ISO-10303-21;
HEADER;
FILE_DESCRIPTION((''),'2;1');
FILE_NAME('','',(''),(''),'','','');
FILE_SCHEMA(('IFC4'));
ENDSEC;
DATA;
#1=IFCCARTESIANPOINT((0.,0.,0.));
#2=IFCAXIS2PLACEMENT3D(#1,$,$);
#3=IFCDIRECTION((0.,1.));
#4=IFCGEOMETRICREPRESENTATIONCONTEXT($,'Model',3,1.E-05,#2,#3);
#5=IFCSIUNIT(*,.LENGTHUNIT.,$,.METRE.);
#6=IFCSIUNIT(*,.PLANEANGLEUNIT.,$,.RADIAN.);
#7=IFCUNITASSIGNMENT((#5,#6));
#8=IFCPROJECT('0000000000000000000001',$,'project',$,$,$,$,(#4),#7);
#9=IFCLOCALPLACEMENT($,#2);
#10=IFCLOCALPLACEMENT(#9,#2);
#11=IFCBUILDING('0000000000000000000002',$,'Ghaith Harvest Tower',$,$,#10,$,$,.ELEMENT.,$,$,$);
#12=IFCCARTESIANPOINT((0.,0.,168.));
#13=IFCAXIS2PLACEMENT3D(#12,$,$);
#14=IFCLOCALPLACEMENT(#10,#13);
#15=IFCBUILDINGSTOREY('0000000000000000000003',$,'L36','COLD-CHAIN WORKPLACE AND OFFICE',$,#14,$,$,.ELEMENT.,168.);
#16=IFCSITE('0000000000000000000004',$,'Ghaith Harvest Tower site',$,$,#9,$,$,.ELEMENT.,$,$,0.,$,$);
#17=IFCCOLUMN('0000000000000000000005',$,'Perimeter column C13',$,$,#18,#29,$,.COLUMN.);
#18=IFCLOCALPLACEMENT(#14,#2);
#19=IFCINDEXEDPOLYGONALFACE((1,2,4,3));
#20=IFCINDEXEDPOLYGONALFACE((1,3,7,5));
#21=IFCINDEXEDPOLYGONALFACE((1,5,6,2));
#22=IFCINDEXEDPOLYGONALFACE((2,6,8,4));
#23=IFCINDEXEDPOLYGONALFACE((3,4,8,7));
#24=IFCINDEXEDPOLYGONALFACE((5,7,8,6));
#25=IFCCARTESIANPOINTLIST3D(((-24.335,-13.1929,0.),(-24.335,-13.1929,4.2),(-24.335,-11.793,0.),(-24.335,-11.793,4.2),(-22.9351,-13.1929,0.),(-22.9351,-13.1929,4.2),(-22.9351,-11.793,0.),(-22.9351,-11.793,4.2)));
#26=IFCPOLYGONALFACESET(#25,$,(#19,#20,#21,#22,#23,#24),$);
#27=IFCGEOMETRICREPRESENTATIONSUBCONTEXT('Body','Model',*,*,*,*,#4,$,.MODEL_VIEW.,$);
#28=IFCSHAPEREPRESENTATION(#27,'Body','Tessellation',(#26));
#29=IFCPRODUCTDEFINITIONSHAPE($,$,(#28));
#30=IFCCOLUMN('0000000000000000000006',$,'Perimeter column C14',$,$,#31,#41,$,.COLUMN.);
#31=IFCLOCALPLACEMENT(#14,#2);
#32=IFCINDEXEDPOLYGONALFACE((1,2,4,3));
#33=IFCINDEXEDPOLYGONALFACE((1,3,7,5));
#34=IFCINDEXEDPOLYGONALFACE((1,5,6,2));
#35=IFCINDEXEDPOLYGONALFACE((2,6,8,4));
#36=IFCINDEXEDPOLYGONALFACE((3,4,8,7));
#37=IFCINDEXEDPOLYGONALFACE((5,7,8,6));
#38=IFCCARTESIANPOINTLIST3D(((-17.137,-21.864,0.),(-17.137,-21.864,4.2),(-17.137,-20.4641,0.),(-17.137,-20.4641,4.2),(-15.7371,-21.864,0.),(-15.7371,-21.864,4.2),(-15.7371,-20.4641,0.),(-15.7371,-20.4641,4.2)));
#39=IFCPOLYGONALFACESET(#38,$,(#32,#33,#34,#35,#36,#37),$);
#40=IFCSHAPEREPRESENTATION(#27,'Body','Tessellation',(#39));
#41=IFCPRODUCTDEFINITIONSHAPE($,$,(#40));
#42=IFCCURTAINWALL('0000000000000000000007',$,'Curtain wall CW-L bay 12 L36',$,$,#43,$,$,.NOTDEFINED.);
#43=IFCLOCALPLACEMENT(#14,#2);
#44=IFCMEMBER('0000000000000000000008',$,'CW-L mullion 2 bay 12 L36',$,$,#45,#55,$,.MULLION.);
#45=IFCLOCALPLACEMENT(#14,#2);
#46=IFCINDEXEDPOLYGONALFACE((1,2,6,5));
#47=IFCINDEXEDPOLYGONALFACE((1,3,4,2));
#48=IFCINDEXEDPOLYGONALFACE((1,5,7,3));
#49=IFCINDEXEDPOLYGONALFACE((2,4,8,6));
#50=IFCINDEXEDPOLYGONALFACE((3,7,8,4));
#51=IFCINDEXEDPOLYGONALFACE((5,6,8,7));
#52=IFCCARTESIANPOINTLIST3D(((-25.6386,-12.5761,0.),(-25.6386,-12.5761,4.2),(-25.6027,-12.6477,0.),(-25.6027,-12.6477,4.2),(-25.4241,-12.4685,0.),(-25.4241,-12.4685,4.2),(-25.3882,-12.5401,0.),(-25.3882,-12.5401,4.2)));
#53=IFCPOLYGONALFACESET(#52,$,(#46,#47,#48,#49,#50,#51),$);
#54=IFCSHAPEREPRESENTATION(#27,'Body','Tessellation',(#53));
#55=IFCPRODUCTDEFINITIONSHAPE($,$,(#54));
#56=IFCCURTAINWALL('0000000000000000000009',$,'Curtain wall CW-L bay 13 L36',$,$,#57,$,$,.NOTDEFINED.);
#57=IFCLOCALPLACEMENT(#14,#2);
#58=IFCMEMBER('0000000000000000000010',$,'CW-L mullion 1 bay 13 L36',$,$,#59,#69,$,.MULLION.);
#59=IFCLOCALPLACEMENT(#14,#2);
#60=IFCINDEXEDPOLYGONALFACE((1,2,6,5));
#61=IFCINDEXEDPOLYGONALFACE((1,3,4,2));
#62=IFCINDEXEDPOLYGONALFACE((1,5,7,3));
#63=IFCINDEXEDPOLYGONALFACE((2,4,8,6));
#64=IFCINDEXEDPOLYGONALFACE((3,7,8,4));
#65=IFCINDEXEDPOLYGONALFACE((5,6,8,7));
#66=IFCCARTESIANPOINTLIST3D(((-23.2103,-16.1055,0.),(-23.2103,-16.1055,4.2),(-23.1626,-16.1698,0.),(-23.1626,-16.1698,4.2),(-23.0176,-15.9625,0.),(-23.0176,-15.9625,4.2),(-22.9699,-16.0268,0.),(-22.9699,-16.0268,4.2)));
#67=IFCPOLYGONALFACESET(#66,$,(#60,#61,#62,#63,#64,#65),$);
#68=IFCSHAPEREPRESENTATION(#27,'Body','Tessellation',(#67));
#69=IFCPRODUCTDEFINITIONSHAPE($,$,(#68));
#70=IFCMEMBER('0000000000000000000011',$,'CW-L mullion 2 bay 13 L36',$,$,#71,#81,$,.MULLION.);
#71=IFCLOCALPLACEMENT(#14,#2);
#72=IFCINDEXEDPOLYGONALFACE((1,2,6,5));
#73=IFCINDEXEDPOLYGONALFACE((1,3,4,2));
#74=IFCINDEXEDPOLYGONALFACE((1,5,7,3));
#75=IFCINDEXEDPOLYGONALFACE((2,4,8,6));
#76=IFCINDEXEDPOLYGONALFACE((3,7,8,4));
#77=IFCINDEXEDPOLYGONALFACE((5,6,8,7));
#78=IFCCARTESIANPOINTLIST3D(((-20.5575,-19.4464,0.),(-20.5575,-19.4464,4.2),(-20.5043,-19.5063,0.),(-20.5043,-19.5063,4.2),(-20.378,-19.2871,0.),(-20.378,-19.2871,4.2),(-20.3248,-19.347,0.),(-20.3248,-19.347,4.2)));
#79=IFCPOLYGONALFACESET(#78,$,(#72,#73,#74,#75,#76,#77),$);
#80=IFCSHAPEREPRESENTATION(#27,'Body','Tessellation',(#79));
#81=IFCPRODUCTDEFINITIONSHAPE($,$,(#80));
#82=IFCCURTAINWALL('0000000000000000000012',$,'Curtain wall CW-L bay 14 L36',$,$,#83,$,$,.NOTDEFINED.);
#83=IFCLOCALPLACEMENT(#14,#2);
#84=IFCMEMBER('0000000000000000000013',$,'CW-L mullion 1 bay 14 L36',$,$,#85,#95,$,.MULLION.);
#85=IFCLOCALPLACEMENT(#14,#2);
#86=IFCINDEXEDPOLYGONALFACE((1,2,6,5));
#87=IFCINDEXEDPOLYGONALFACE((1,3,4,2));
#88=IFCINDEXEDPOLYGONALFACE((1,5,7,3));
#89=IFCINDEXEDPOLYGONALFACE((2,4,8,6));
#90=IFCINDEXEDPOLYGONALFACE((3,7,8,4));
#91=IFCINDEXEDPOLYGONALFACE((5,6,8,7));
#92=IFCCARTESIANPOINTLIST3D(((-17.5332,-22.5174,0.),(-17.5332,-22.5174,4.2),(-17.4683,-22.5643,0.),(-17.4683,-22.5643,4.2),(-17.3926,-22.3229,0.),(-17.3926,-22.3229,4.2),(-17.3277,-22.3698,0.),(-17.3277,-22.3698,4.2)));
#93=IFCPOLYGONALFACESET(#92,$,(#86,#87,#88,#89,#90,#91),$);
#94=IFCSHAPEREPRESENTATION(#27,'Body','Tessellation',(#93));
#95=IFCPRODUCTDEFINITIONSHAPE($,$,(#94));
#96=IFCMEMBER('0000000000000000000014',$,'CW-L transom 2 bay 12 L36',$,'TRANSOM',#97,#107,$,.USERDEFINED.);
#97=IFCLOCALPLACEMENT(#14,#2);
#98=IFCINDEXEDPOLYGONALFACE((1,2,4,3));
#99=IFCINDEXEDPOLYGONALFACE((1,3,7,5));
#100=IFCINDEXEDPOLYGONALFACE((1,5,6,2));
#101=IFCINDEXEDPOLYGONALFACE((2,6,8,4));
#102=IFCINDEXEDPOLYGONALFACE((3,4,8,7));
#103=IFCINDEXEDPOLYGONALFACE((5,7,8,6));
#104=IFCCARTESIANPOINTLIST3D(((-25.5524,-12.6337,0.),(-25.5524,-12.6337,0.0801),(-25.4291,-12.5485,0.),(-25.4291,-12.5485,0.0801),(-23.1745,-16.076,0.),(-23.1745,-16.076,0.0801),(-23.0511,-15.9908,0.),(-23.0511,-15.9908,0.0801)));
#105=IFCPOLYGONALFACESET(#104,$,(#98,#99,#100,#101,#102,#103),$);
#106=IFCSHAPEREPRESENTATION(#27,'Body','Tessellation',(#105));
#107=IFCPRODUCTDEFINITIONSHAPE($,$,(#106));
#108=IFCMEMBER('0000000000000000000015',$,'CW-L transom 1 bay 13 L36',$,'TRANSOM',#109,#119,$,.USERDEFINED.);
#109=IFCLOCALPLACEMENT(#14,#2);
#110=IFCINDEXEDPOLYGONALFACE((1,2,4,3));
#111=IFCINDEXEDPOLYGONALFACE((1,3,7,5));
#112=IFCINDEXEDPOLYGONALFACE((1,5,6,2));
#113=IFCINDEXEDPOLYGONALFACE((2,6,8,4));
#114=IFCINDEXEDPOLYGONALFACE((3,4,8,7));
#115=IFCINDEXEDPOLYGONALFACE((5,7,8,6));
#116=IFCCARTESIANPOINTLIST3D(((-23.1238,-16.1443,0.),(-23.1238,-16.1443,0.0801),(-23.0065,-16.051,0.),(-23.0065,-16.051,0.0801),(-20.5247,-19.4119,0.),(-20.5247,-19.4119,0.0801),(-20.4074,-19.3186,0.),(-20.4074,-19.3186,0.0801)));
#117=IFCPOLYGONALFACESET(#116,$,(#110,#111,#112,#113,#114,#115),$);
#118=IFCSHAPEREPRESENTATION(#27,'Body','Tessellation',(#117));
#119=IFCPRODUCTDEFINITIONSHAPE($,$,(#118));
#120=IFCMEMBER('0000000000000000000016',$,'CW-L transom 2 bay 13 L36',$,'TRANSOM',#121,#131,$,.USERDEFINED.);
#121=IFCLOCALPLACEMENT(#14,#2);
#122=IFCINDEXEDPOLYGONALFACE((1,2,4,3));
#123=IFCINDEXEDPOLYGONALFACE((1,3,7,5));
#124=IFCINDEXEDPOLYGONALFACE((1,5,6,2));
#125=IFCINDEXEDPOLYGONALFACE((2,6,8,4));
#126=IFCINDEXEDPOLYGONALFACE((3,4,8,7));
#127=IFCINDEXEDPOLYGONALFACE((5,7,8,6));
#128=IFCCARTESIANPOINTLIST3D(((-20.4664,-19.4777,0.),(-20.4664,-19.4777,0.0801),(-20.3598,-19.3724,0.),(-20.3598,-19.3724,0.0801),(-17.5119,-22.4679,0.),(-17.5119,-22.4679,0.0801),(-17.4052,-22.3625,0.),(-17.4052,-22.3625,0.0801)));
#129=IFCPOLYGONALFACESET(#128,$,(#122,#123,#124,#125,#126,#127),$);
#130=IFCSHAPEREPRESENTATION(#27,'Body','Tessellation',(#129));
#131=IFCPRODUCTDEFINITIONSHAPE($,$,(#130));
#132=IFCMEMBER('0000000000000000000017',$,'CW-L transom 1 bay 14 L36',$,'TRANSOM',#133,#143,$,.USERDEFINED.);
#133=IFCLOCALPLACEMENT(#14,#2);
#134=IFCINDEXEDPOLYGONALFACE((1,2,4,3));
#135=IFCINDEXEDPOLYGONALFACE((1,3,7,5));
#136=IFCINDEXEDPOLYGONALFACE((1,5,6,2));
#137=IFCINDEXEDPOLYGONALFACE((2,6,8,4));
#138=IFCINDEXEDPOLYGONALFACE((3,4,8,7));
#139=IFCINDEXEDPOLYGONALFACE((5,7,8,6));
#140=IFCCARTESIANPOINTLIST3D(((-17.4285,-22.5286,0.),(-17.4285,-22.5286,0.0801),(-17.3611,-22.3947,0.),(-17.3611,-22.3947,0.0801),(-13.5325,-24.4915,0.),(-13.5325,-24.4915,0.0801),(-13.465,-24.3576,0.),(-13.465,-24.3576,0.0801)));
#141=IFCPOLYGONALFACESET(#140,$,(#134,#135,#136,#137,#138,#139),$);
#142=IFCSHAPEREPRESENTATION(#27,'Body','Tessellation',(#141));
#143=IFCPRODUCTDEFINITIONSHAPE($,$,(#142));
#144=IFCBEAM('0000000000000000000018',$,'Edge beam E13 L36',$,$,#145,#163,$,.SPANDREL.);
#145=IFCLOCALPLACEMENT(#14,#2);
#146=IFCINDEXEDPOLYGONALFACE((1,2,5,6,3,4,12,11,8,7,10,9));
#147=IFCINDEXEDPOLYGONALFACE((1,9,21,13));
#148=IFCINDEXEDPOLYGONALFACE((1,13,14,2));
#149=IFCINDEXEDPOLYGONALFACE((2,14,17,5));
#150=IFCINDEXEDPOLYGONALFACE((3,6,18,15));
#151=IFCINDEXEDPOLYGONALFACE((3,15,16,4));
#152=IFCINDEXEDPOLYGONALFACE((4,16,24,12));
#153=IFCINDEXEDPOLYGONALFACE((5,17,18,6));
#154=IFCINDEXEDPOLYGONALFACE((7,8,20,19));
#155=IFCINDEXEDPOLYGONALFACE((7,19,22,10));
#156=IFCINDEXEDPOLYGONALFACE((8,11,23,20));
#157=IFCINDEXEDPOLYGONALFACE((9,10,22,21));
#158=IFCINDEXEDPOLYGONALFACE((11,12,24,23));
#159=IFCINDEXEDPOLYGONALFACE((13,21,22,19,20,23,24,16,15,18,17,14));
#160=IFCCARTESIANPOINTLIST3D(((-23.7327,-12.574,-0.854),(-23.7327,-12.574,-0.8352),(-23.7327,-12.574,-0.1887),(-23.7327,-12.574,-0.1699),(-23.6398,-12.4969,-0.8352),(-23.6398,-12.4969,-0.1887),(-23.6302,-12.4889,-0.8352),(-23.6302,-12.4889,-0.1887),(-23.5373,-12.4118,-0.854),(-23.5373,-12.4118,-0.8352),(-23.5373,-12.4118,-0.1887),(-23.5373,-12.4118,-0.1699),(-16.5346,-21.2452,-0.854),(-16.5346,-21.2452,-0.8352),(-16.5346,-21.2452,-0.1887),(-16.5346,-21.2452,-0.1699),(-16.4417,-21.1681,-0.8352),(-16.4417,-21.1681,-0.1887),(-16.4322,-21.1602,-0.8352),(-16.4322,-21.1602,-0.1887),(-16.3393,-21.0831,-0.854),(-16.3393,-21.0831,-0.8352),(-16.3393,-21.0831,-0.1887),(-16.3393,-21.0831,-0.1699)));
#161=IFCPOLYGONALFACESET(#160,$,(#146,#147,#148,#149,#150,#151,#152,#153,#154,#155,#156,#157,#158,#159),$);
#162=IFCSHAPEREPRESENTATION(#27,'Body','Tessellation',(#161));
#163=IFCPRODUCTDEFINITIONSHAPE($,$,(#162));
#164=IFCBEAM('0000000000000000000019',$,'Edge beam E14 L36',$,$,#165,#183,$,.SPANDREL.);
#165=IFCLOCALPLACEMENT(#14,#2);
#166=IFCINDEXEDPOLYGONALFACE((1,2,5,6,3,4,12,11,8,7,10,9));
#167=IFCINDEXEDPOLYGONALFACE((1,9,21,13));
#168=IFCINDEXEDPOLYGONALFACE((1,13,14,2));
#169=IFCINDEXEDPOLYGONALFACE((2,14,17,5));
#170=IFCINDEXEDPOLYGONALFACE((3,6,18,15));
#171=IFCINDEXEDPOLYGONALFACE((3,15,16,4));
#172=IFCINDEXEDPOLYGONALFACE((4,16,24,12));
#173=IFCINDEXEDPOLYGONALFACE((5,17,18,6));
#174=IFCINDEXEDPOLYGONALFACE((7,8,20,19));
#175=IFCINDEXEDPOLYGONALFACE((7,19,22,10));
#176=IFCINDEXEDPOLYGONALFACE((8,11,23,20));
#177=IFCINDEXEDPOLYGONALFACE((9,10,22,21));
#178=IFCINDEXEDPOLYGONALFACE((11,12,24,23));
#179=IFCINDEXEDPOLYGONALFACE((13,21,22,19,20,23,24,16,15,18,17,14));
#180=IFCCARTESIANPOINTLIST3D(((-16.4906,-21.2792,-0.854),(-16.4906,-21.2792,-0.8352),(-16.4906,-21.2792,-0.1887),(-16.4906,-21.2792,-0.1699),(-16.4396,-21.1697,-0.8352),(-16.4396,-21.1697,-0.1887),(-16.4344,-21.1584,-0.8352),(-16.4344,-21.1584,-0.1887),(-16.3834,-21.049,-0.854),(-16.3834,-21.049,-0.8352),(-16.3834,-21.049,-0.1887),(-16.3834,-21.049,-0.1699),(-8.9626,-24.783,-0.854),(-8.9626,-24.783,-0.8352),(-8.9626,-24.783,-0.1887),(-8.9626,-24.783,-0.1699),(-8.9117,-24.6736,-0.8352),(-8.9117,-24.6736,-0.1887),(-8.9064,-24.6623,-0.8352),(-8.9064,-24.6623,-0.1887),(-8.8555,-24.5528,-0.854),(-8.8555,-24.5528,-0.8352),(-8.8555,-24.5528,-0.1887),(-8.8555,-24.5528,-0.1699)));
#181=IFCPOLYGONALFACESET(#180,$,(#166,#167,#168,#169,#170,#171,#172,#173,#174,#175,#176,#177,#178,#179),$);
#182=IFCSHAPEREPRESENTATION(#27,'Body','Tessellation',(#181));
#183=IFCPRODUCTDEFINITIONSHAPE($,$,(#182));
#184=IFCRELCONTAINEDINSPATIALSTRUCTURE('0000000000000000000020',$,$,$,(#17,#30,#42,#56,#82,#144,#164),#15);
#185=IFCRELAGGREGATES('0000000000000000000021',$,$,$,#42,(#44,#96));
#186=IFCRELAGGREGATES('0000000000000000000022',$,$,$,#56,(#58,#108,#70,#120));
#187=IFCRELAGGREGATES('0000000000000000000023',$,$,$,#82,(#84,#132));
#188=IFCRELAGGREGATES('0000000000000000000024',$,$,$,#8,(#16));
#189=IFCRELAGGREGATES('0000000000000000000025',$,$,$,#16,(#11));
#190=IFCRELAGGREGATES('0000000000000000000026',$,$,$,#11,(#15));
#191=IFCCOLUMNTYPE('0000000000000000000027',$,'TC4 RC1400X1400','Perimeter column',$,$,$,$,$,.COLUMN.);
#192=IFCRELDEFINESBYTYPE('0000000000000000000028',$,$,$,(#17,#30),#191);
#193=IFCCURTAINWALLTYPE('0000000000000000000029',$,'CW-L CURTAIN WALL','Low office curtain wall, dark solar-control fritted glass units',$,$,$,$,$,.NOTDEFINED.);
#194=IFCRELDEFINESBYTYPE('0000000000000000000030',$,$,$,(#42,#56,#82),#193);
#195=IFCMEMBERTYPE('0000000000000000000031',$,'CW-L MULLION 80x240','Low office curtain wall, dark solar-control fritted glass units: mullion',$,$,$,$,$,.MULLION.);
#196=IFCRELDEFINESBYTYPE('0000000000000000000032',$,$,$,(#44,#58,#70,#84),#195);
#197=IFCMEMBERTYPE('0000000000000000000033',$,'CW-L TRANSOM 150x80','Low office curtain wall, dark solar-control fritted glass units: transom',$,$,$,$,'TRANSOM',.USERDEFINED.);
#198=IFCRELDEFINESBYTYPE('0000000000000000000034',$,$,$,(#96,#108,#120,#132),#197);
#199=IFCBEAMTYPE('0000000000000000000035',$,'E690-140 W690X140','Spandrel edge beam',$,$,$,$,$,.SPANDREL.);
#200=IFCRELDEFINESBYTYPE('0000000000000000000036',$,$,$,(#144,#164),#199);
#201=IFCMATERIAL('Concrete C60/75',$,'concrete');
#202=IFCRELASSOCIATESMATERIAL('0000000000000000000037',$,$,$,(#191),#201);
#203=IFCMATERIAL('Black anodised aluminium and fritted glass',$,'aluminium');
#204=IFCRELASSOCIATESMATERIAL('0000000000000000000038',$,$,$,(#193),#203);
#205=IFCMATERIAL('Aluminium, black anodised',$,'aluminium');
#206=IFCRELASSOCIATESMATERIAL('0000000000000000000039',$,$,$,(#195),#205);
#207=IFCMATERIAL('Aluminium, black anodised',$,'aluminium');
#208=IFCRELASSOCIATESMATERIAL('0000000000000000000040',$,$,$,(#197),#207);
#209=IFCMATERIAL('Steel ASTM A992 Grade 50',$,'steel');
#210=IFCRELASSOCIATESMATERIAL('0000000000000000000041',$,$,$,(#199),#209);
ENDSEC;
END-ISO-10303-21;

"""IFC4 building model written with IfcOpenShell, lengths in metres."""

from ifc_helpers import new_model, si_unit, direction, frame, origin, origin_2d, place, context, subcontext, project, spatial, rectangle, i_section, extrude, material, material_profile, profile_set, type_object, element, aggregate, save


model = new_model("IFC4")

# Units and contexts
model_context = context("Model", 3, precision=1e-05, world=origin(), true_north=direction((0.0, 1.0)))
body_context = subcontext(model_context, "Body", "Model", "MODEL_VIEW")
ifc_project = project(units=[si_unit("LENGTHUNIT", "METRE"), si_unit("PLANEANGLEUNIT", "RADIAN")], contexts=[model_context])

# Site, building, storey
site_placement = place(None, origin())
site = spatial("IfcSite", under=ifc_project, at=site_placement, Name="Ghaith Harvest Tower site", CompositionType="ELEMENT", RefElevation=0.0)
building_placement = place(site_placement, origin())
building = spatial("IfcBuilding", under=site, at=building_placement, Name="Ghaith Harvest Tower", CompositionType="ELEMENT")
storey_placement = place(building_placement, frame((0.0, 0.0, 168.0)))
storey = spatial("IfcBuildingStorey", under=building, at=storey_placement, Name="L36", Description="COLD-CHAIN WORKPLACE AND OFFICE", CompositionType="ELEMENT", Elevation=168.0)

# Columns
ifc_material_1 = material(Name="Concrete C60/75", Category="concrete")
ifc_material_profile_1 = material_profile(ifc_material_1, rectangle(XDim=1.3999, YDim=1.3999, at=origin_2d()), Name="RC1400X1400")
ifc_profile_set_1 = profile_set([ifc_material_profile_1], Name="Concrete C60/75")
column_type = type_object("IfcColumnType", Name="TC4 RC1400X1400", Description="Perimeter column", PredefinedType="COLUMN", material=ifc_profile_set_1)
for number, where, z_axis, x_axis, name in (
    (1, (-23.635, -12.4929, 0.0), (0.0, 0.0, 1.0), (1.0, 0.0, 0.0), "Perimeter column C13"),
    (2, (-16.437, -21.1641, 0.0), (0.0, 0.0, 1.0), (1.0, 0.0, 0.0), "Perimeter column C14"),
):
    element("IfcColumn", number, at=place(storey_placement, frame(where, z_axis=z_axis, x_axis=x_axis)), inside=storey, type_object=column_type, Name=name, PredefinedType="COLUMN", context=body_context, shape_type="SweptSolid", body=[
        extrude(rectangle(XDim=1.3999, YDim=1.3999, at=origin_2d()), origin(), (0.0, 0.0, 1.0), 4.2),
    ])

# Curtain wall, member
ifc_material_2 = material(Name="Black anodised aluminium and fritted glass", Category="aluminium")
curtain_wall_type = type_object("IfcCurtainWallType", Name="CW-L CURTAIN WALL", Description="Low office curtain wall, dark solar-control fritted glass units", PredefinedType="NOTDEFINED", material=ifc_material_2)
curtain_wall_1_placement = place(storey_placement, origin())
curtain_wall_1 = element("IfcCurtainWall", 3, at=curtain_wall_1_placement, inside=storey, type_object=curtain_wall_type, Name="Curtain wall CW-L bay 12 L36", PredefinedType="NOTDEFINED")
ifc_material_3 = material(Name="Aluminium, black anodised", Category="aluminium")
ifc_material_profile_2 = material_profile(ifc_material_3, rectangle(XDim=0.0801, YDim=0.24, at=origin_2d()), Name="CW-L MULLION 80x240")
ifc_profile_set_2 = profile_set([ifc_material_profile_2], Name="Aluminium, black anodised")
member_type_1 = type_object("IfcMemberType", Name="CW-L MULLION 80x240", Description="Low office curtain wall, dark solar-control fritted glass units: mullion", PredefinedType="MULLION", material=ifc_profile_set_2)
member_1_placement = place(storey_placement, frame((-25.5134, -12.5581, 0.0), z_axis=(0.0, 0.0, 1.0), x_axis=(0.448267, -0.8939, 0.0)))
member_1 = element("IfcMember", 4, at=member_1_placement, type_object=member_type_1, Name="CW-L mullion 2 bay 12 L36", PredefinedType="MULLION", context=body_context, shape_type="SweptSolid", body=[
    extrude(rectangle(XDim=0.0801, YDim=0.24, at=origin_2d()), origin(), (0.0, 0.0, 1.0), 4.2),
])

# Curtain wall, members
curtain_wall_2_placement = place(storey_placement, origin())
curtain_wall_2 = element("IfcCurtainWall", 5, at=curtain_wall_2_placement, inside=storey, type_object=curtain_wall_type, Name="Curtain wall CW-L bay 13 L36", PredefinedType="NOTDEFINED")
member_2_placement = place(storey_placement, frame((-23.0901, -16.0662, 0.0), z_axis=(0.0, 0.0, 1.0), x_axis=(0.59574, -0.803177, 0.0)))
member_2 = element("IfcMember", 6, at=member_2_placement, type_object=member_type_1, Name="CW-L mullion 1 bay 13 L36", PredefinedType="MULLION", context=body_context, shape_type="SweptSolid", body=[
    extrude(rectangle(XDim=0.0801, YDim=0.24, at=origin_2d()), origin(), (0.0, 0.0, 1.0), 4.2),
])
member_3_placement = place(storey_placement, frame((-20.4412, -19.3967, 0.0), z_axis=(0.0, 0.0, 1.0), x_axis=(0.663765, -0.747941, 0.0)))
member_3 = element("IfcMember", 7, at=member_3_placement, type_object=member_type_1, Name="CW-L mullion 2 bay 13 L36", PredefinedType="MULLION", context=body_context, shape_type="SweptSolid", body=[
    extrude(rectangle(XDim=0.0801, YDim=0.24, at=origin_2d()), origin(), (0.0, 0.0, 1.0), 4.2),
])

# Curtain wall, member
curtain_wall_3_placement = place(storey_placement, origin())
curtain_wall_3 = element("IfcCurtainWall", 8, at=curtain_wall_3_placement, inside=storey, type_object=curtain_wall_type, Name="Curtain wall CW-L bay 14 L36", PredefinedType="NOTDEFINED")
member_4_placement = place(storey_placement, frame((-17.4304, -22.4436, 0.0), z_axis=(0.0, 0.0, 1.0), x_axis=(0.810339, -0.585961, 0.0)))
member_4 = element("IfcMember", 9, at=member_4_placement, type_object=member_type_1, Name="CW-L mullion 1 bay 14 L36", PredefinedType="MULLION", context=body_context, shape_type="SweptSolid", body=[
    extrude(rectangle(XDim=0.0801, YDim=0.24, at=origin_2d()), origin(), (0.0, 0.0, 1.0), 4.2),
])

# Members
ifc_material_4 = material(Name="Aluminium, black anodised", Category="aluminium")
ifc_material_profile_3 = material_profile(ifc_material_4, rectangle(XDim=0.1499, YDim=0.0801, at=origin_2d()), Name="CW-L TRANSOM 150x80")
ifc_profile_set_3 = profile_set([ifc_material_profile_3], Name="Aluminium, black anodised")
member_type_2 = type_object("IfcMemberType", Name="CW-L TRANSOM 150x80", Description="Low office curtain wall, dark solar-control fritted glass units: transom", ElementType="TRANSOM", PredefinedType="USERDEFINED", material=ifc_profile_set_3)
member_5_placement = place(storey_placement, frame((-25.4907, -12.5911, 0.04), z_axis=(0.56836, -0.82278, 0.0), x_axis=(0.82278, 0.56836, 0.0)))
member_5 = element("IfcMember", 10, at=member_5_placement, type_object=member_type_2, Name="CW-L transom 2 bay 12 L36", ObjectType="TRANSOM", PredefinedType="USERDEFINED", context=body_context, shape_type="SweptSolid", body=[
    extrude(rectangle(XDim=0.1499, YDim=0.0801, at=origin_2d()), origin(), (0.0, 0.0, 1.0), 4.1838),
])
member_6_placement = place(storey_placement, frame((-23.0652, -16.0977, 0.04), z_axis=(0.622511, -0.782611, 0.0), x_axis=(0.782611, 0.622511, 0.0)))
member_6 = element("IfcMember", 11, at=member_6_placement, type_object=member_type_2, Name="CW-L transom 1 bay 13 L36", ObjectType="TRANSOM", PredefinedType="USERDEFINED", context=body_context, shape_type="SweptSolid", body=[
    extrude(rectangle(XDim=0.1499, YDim=0.0801, at=origin_2d()), origin(), (0.0, 0.0, 1.0), 4.1753),
])
member_7_placement = place(storey_placement, frame((-20.4131, -19.425, 0.04), z_axis=(0.702854, -0.711334, 0.0), x_axis=(0.711334, 0.702854, 0.0)))
member_7 = element("IfcMember", 12, at=member_7_placement, type_object=member_type_2, Name="CW-L transom 2 bay 13 L36", ObjectType="TRANSOM", PredefinedType="USERDEFINED", context=body_context, shape_type="SweptSolid", body=[
    extrude(rectangle(XDim=0.1499, YDim=0.0801, at=origin_2d()), origin(), (0.0, 0.0, 1.0), 4.2036),
])
member_8_placement = place(storey_placement, frame((-17.3948, -22.4617, 0.04), z_axis=(0.893058, -0.449943, 0.0), x_axis=(0.449943, 0.893058, 0.0)))
member_8 = element("IfcMember", 13, at=member_8_placement, type_object=member_type_2, Name="CW-L transom 1 bay 14 L36", ObjectType="TRANSOM", PredefinedType="USERDEFINED", context=body_context, shape_type="SweptSolid", body=[
    extrude(rectangle(XDim=0.1499, YDim=0.0801, at=origin_2d()), origin(), (0.0, 0.0, 1.0), 4.3625),
])

# Beams
ifc_material_5 = material(Name="Steel ASTM A992 Grade 50", Category="steel")
ifc_material_profile_4 = material_profile(ifc_material_5, i_section(OverallWidth=0.2539, OverallDepth=0.6841, WebThickness=0.0125, FlangeThickness=0.0188, at=origin_2d()), Name="W690X140")
ifc_profile_set_4 = profile_set([ifc_material_profile_4], Name="Steel ASTM A992 Grade 50")
beam_type = type_object("IfcBeamType", Name="E690-140 W690X140", Description="Spandrel edge beam", PredefinedType="SPANDREL", material=ifc_profile_set_4)
beam_1_placement = place(storey_placement, frame((-23.635, -12.4929, -0.512), z_axis=(0.638719, -0.76944, 0.0), x_axis=(0.76944, 0.638719, 0.0)))
element("IfcBeam", 14, at=beam_1_placement, inside=storey, type_object=beam_type, Name="Edge beam E13 L36", PredefinedType="SPANDREL", context=body_context, shape_type="SweptSolid", body=[
    extrude(i_section(OverallWidth=0.2539, OverallDepth=0.6841, WebThickness=0.0125, FlangeThickness=0.0188, at=origin_2d()), origin(), (0.0, 0.0, 1.0), 11.2695),
])
beam_2_placement = place(storey_placement, frame((-16.437, -21.1641, -0.512), z_axis=(0.906607, -0.421976, 0.0), x_axis=(0.421976, 0.906607, 0.0)))
element("IfcBeam", 15, at=beam_2_placement, inside=storey, type_object=beam_type, Name="Edge beam E14 L36", PredefinedType="SPANDREL", context=body_context, shape_type="SweptSolid", body=[
    extrude(i_section(OverallWidth=0.2539, OverallDepth=0.6841, WebThickness=0.0125, FlangeThickness=0.0188, at=origin_2d()), origin(), (0.0, 0.0, 1.0), 8.3035),
])

aggregate(curtain_wall_1, [member_1, member_5])
aggregate(curtain_wall_2, [member_2, member_6, member_3, member_7])
aggregate(curtain_wall_3, [member_4, member_8])

save(model, "model.ifc")
